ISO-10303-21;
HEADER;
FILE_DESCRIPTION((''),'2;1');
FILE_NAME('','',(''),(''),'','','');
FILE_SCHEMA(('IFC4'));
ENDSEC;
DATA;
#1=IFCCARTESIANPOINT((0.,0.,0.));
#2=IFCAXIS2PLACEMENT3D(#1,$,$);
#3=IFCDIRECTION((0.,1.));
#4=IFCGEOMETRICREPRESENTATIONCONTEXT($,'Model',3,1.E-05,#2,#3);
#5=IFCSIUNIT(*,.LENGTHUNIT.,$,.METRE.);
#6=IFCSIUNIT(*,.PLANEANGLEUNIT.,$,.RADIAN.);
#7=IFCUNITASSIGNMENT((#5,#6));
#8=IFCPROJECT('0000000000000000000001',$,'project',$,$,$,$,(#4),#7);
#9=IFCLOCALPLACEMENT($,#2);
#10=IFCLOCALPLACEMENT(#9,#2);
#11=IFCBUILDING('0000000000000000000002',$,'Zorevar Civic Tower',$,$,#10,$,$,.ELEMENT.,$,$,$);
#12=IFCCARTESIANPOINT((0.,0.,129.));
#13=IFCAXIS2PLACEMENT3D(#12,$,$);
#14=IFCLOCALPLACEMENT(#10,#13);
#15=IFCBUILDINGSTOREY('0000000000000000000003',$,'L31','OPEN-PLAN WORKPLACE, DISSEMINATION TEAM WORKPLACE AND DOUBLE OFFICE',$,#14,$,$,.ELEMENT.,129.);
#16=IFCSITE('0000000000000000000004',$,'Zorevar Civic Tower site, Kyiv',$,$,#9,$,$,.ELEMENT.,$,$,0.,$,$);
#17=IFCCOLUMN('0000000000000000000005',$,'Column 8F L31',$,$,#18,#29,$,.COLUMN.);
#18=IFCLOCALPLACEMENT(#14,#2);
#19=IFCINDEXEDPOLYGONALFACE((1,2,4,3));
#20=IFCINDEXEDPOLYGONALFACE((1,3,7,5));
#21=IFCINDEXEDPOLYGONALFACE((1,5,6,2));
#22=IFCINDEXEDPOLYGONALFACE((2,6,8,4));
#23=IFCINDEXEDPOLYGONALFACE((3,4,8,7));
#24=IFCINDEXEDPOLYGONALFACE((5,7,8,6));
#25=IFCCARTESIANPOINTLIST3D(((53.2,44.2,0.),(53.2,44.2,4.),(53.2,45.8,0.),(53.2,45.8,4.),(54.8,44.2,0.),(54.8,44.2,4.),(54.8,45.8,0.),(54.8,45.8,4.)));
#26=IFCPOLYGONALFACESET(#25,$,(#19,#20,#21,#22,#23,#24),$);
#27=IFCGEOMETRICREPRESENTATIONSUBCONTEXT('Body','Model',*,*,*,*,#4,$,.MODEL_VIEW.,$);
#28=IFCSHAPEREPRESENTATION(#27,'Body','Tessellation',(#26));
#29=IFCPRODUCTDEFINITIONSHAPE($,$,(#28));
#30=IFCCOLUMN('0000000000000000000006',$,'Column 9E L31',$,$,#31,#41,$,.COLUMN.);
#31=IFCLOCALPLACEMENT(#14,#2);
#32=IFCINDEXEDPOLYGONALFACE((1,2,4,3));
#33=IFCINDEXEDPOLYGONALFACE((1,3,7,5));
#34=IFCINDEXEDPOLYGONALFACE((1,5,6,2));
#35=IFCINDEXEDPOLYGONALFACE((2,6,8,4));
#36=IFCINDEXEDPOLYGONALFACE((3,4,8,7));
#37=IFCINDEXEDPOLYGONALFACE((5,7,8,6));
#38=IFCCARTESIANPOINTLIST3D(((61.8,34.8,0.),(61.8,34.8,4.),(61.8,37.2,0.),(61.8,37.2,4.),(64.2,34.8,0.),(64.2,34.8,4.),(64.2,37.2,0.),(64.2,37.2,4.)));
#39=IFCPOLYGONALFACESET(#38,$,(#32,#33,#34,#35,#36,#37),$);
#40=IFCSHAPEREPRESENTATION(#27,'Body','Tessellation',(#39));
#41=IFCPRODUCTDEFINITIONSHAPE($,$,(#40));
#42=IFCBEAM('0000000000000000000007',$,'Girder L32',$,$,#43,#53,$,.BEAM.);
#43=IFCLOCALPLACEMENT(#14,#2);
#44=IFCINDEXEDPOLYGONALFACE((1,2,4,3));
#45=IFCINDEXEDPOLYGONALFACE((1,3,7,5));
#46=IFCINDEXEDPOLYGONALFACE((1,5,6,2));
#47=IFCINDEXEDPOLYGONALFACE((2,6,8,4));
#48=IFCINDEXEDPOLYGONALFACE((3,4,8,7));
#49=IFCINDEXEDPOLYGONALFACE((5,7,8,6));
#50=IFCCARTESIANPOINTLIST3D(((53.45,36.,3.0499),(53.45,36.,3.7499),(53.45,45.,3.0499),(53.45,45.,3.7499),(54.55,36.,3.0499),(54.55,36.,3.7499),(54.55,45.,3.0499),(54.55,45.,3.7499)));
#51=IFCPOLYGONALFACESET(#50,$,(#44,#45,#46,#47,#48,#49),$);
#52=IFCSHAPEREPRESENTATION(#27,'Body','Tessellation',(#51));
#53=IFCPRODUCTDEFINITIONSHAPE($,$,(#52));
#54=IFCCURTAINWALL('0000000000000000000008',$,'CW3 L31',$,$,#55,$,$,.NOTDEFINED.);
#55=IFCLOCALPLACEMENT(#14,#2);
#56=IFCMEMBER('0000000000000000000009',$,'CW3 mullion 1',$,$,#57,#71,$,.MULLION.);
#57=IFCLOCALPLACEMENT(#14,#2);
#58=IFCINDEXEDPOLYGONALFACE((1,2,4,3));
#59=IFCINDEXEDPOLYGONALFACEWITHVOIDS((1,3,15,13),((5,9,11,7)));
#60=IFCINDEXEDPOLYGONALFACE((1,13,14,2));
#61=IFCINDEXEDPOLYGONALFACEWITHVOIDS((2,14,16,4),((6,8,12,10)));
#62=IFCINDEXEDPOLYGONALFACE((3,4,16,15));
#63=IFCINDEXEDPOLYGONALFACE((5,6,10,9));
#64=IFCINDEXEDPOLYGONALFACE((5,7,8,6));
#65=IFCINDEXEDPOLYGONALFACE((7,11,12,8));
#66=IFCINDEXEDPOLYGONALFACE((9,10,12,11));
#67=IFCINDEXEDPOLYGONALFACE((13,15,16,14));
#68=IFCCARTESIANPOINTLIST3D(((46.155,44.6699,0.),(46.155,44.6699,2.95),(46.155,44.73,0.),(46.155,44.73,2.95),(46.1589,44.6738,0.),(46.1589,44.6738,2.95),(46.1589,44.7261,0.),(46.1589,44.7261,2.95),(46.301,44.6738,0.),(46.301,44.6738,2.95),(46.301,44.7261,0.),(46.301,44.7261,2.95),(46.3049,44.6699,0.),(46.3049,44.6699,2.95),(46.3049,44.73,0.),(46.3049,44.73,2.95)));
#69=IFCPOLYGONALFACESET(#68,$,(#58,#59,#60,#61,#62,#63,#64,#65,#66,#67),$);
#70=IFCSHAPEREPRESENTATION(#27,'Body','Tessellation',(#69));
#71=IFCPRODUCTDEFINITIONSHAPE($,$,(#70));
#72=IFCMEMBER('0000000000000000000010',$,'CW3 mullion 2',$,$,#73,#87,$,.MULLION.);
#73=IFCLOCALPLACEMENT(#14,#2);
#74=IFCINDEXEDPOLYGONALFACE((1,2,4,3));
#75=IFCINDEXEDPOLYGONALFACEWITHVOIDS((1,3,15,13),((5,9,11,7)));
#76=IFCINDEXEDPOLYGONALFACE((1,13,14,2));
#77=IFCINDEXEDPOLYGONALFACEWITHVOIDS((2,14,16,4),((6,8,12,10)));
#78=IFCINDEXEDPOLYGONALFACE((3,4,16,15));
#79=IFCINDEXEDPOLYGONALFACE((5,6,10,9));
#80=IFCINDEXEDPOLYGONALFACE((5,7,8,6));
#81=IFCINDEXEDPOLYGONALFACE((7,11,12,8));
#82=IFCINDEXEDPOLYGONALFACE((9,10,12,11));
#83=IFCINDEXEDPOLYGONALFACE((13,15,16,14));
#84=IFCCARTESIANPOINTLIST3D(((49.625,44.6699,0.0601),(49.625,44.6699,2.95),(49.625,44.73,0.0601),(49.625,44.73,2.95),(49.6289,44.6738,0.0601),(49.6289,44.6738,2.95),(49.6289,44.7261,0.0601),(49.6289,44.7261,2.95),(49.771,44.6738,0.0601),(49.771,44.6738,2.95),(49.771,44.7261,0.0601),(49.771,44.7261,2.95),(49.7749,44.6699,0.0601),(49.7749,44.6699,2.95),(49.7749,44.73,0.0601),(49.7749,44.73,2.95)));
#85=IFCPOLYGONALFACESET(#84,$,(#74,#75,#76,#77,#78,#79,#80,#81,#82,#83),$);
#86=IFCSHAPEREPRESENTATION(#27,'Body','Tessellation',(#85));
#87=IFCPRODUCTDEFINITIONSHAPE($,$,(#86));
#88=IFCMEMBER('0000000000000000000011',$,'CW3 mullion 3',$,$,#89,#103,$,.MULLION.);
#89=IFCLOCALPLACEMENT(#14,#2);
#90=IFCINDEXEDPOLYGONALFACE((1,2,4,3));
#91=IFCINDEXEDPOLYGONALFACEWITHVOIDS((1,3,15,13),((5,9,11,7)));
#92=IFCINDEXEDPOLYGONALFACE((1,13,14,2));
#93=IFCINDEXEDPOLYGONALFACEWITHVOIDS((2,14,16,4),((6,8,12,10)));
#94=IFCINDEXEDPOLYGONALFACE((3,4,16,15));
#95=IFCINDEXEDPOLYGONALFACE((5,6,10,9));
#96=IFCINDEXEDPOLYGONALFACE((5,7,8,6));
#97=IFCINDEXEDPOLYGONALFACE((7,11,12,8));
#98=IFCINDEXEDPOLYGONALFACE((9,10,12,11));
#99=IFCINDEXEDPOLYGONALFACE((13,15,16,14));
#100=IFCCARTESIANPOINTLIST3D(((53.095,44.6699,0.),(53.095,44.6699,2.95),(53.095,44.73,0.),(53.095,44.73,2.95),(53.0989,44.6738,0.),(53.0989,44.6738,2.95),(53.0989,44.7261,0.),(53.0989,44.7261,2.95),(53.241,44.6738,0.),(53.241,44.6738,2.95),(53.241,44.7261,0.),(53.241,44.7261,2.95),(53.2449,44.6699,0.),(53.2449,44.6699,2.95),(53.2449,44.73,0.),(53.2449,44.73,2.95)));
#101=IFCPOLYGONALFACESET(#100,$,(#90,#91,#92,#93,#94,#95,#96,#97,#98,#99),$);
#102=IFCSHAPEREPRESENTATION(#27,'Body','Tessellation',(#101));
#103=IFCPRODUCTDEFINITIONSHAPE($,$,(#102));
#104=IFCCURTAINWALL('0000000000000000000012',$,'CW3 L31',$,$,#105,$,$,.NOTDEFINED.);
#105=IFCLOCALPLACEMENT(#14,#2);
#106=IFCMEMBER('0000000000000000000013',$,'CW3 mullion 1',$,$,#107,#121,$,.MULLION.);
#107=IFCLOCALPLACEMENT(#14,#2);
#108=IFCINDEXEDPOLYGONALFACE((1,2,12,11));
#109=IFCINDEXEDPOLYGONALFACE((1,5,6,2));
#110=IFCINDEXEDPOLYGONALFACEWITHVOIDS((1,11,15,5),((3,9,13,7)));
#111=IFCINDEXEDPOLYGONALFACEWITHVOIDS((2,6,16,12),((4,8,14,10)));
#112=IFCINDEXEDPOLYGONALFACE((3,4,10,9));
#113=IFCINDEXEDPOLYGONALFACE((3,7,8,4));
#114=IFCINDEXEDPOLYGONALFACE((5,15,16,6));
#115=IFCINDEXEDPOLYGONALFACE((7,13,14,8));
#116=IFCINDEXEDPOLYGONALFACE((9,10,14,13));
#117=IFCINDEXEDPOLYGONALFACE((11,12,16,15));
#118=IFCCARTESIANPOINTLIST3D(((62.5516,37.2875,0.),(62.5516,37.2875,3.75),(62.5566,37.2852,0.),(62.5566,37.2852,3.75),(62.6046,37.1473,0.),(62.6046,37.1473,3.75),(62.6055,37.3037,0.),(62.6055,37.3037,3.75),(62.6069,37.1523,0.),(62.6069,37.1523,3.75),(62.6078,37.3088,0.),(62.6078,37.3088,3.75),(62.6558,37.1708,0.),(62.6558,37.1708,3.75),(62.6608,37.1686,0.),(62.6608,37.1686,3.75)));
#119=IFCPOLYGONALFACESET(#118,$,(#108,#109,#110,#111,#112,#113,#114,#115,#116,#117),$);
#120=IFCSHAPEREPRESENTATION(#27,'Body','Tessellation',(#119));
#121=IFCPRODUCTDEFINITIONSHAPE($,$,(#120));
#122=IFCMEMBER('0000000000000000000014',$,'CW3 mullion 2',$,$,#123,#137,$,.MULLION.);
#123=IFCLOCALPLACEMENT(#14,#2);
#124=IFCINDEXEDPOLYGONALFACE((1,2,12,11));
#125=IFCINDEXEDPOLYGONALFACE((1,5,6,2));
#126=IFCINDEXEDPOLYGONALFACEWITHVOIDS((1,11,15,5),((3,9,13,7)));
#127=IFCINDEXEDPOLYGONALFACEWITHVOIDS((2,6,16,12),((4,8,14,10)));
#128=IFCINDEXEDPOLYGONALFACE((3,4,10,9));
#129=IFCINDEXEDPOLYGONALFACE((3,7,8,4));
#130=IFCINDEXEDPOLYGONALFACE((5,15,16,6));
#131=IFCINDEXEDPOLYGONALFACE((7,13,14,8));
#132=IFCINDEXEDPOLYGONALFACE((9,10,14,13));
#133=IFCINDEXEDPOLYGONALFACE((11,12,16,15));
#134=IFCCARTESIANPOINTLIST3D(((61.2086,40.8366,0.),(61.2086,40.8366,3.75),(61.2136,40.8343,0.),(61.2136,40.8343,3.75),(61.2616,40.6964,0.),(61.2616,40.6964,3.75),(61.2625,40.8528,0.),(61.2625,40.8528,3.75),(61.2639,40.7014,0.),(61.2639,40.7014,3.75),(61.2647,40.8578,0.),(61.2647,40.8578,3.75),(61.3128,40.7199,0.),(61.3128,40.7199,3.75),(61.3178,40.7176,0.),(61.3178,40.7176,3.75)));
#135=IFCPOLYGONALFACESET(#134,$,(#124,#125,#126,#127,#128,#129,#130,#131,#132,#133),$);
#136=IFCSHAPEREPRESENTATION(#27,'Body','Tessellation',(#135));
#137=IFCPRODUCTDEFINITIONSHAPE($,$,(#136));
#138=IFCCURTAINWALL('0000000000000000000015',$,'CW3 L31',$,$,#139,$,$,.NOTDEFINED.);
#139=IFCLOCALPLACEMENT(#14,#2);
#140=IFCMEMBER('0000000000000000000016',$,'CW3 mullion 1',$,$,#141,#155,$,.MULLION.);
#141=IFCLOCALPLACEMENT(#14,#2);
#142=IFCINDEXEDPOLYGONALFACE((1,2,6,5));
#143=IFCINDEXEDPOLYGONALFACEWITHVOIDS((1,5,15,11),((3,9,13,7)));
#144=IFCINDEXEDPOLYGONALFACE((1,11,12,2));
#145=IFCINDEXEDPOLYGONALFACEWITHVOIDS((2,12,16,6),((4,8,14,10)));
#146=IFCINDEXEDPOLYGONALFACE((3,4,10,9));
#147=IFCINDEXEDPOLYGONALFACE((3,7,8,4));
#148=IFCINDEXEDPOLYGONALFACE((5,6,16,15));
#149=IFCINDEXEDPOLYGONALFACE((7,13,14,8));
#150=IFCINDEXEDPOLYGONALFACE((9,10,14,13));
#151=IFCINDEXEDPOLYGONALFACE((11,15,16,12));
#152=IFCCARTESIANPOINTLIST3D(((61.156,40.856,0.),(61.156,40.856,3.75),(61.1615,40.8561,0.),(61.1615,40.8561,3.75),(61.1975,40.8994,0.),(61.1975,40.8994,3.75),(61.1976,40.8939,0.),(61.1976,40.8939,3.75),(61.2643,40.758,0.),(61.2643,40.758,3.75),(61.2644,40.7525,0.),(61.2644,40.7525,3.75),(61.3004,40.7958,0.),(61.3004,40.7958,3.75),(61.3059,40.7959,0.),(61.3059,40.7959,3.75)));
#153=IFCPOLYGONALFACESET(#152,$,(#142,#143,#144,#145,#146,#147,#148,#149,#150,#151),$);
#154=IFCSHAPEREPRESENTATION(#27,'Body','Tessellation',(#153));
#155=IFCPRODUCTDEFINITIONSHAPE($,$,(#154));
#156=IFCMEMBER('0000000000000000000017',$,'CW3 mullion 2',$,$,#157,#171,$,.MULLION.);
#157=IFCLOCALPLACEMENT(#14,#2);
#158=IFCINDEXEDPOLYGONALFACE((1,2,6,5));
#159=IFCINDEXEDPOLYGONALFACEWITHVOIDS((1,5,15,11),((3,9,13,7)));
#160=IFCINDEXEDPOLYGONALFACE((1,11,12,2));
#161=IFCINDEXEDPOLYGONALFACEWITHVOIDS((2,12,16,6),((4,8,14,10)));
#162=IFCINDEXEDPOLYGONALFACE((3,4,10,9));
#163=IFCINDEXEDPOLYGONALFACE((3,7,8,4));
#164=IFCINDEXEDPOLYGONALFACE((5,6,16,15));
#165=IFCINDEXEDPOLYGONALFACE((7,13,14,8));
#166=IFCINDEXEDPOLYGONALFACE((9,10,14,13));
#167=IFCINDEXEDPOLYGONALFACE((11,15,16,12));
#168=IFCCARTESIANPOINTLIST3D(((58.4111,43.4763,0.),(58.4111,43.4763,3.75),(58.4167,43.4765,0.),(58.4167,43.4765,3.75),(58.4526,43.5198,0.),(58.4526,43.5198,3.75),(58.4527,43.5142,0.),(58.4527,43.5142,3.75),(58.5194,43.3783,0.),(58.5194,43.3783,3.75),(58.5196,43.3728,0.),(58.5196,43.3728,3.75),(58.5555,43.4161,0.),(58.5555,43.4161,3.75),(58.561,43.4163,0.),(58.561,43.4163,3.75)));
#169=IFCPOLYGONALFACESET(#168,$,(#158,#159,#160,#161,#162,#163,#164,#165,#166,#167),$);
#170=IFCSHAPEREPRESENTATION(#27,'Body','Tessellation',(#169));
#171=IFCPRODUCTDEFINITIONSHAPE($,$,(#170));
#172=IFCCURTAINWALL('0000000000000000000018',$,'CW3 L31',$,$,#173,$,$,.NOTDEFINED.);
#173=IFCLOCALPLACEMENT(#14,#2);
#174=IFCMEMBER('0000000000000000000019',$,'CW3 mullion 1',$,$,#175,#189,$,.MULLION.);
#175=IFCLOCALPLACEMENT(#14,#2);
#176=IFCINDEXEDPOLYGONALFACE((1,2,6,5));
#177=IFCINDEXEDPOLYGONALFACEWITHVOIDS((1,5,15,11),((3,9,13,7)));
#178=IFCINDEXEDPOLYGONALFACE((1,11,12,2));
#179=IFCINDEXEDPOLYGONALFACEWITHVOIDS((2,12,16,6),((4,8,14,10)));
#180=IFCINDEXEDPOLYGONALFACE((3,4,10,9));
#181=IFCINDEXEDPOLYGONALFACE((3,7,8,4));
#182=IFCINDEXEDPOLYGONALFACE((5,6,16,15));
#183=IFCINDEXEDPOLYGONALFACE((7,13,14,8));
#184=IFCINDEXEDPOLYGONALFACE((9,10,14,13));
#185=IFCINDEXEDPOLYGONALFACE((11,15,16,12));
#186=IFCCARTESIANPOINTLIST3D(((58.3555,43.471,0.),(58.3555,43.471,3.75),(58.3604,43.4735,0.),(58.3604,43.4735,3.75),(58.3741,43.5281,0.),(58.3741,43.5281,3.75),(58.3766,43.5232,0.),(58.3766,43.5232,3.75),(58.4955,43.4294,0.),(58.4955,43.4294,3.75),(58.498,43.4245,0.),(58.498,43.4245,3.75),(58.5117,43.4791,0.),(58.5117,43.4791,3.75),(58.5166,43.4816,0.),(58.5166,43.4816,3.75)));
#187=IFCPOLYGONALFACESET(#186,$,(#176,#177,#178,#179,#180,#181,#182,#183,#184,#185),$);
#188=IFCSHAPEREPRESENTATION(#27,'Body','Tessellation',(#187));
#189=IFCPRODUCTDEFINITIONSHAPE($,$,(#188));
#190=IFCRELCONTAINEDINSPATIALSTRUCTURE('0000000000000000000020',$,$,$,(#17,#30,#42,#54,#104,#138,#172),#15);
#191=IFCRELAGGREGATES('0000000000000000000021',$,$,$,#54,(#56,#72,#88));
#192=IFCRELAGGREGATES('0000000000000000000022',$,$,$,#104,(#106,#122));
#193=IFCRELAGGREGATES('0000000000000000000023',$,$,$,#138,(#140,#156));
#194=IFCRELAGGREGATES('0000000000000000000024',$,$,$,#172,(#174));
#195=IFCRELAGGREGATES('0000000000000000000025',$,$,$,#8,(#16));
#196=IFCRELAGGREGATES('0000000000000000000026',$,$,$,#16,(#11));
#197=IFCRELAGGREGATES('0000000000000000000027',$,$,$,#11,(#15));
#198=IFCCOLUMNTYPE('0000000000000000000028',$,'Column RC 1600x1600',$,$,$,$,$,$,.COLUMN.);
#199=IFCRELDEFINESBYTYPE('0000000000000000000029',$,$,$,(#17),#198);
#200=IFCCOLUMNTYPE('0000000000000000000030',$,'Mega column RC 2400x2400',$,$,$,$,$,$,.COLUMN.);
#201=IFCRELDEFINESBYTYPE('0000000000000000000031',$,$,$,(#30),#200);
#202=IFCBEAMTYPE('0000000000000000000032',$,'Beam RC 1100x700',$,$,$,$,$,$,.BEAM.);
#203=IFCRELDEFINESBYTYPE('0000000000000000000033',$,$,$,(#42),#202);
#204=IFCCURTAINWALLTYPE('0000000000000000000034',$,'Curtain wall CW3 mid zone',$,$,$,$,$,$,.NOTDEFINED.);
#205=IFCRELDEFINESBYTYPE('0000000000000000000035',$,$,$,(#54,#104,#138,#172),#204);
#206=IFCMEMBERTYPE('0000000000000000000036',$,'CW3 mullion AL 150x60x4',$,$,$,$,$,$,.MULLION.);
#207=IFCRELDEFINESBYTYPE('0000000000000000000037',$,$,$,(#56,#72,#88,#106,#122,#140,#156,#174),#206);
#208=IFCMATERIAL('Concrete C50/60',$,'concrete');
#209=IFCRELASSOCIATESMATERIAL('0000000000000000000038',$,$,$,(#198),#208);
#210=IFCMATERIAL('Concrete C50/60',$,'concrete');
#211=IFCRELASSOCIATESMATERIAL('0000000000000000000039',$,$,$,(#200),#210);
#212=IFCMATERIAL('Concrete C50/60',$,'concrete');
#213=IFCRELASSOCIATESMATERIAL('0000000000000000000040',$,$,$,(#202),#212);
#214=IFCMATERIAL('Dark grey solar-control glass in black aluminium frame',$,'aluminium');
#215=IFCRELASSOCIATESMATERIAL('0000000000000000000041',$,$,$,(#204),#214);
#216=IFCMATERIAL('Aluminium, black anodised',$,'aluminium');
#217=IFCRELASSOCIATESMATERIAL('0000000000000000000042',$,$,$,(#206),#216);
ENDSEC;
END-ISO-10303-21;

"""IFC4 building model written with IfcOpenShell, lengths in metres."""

from ifc_helpers import new_model, si_unit, direction, frame, origin, origin_2d, place, context, subcontext, project, spatial, rectangle, hollow_rectangle, extrude, material, material_profile, profile_set, type_object, element, aggregate, save


model = new_model("IFC4")

# Units and contexts
model_context = context("Model", 3, precision=1e-05, world=origin(), true_north=direction((0.0, 1.0)))
body_context = subcontext(model_context, "Body", "Model", "MODEL_VIEW")
ifc_project = project(units=[si_unit("LENGTHUNIT", "METRE"), si_unit("PLANEANGLEUNIT", "RADIAN")], contexts=[model_context])

# Site, building, storey
site_placement = place(None, origin())
site = spatial("IfcSite", under=ifc_project, at=site_placement, Name="Zorevar Civic Tower site, Kyiv", CompositionType="ELEMENT", RefElevation=0.0)
building_placement = place(site_placement, origin())
building = spatial("IfcBuilding", under=site, at=building_placement, Name="Zorevar Civic Tower", CompositionType="ELEMENT")
storey_placement = place(building_placement, frame((0.0, 0.0, 129.0)))
storey = spatial("IfcBuildingStorey", under=building, at=storey_placement, Name="L31", Description="OPEN-PLAN WORKPLACE, DISSEMINATION TEAM WORKPLACE AND DOUBLE OFFICE", CompositionType="ELEMENT", Elevation=129.0)

# Columns
ifc_material_1 = material(Name="Concrete C50/60", Category="concrete")
ifc_material_profile_1 = material_profile(ifc_material_1, rectangle(XDim=1.6001, YDim=1.6001, at=origin_2d()), Name="RC 1600x1600")
ifc_profile_set_1 = profile_set([ifc_material_profile_1], Name="Concrete C50/60")
column_type_1 = type_object("IfcColumnType", Name="Column RC 1600x1600", PredefinedType="COLUMN", material=ifc_profile_set_1)
column_1_placement = place(storey_placement, frame((54.0, 45.0, 0.0), z_axis=(0.0, 0.0, 1.0), x_axis=(1.0, 0.0, 0.0)))
element("IfcColumn", 1, at=column_1_placement, inside=storey, type_object=column_type_1, Name="Column 8F L31", PredefinedType="COLUMN", context=body_context, shape_type="SweptSolid", body=[
    extrude(rectangle(XDim=1.6001, YDim=1.6001, at=origin_2d()), origin(), (0.0, 0.0, 1.0), 4.0),
])
ifc_material_2 = material(Name="Concrete C50/60", Category="concrete")
ifc_material_profile_2 = material_profile(ifc_material_2, rectangle(XDim=2.3999, YDim=2.3999, at=origin_2d()), Name="RC 2400x2400")
ifc_profile_set_2 = profile_set([ifc_material_profile_2], Name="Concrete C50/60")
column_type_2 = type_object("IfcColumnType", Name="Mega column RC 2400x2400", PredefinedType="COLUMN", material=ifc_profile_set_2)
column_2_placement = place(storey_placement, frame((63.0, 36.0, 0.0), z_axis=(0.0, 0.0, 1.0), x_axis=(1.0, 0.0, 0.0)))
element("IfcColumn", 2, at=column_2_placement, inside=storey, type_object=column_type_2, Name="Column 9E L31", PredefinedType="COLUMN", context=body_context, shape_type="SweptSolid", body=[
    extrude(rectangle(XDim=2.3999, YDim=2.3999, at=origin_2d()), origin(), (0.0, 0.0, 1.0), 4.0),
])

# Beam
ifc_material_3 = material(Name="Concrete C50/60", Category="concrete")
ifc_material_profile_3 = material_profile(ifc_material_3, rectangle(XDim=1.1001, YDim=0.7, at=origin_2d()), Name="RC 1100x700")
ifc_profile_set_3 = profile_set([ifc_material_profile_3], Name="Concrete C50/60")
beam_type_1 = type_object("IfcBeamType", Name="Beam RC 1100x700", PredefinedType="BEAM", material=ifc_profile_set_3)
beam_1_placement = place(storey_placement, frame((54.0, 36.0, 3.3999), z_axis=(0.0, 1.0, 0.0), x_axis=(-1.0, 0.0, 0.0)))
element("IfcBeam", 3, at=beam_1_placement, inside=storey, type_object=beam_type_1, Name="Girder L32", PredefinedType="BEAM", context=body_context, shape_type="SweptSolid", body=[
    extrude(rectangle(XDim=1.1001, YDim=0.7, at=origin_2d()), origin(), (0.0, 0.0, 1.0), 9.0),
])

# Curtain walls, members
ifc_material_4 = material(Name="Dark grey solar-control glass in black aluminium frame", Category="aluminium")
curtain_wall_type = type_object("IfcCurtainWallType", Name="Curtain wall CW3 mid zone", PredefinedType="NOTDEFINED", material=ifc_material_4)
curtain_wall_1_placement = place(storey_placement, origin())
curtain_wall_1 = element("IfcCurtainWall", 4, at=curtain_wall_1_placement, inside=storey, type_object=curtain_wall_type, Name="CW3 L31", PredefinedType="NOTDEFINED")
ifc_material_5 = material(Name="Aluminium, black anodised", Category="aluminium")
ifc_material_profile_4 = material_profile(ifc_material_5, hollow_rectangle(XDim=0.0601, YDim=0.1499, WallThickness=0.0039, at=origin_2d()), Name="AL 150x60x4")
ifc_profile_set_4 = profile_set([ifc_material_profile_4], Name="Aluminium, black anodised")
member_type_1 = type_object("IfcMemberType", Name="CW3 mullion AL 150x60x4", PredefinedType="MULLION", material=ifc_profile_set_4)
member_1_placement = place(storey_placement, frame((46.23, 44.7, 0.0), z_axis=(0.0, 0.0, 1.0), x_axis=(0.0, 1.0, 0.0)))
member_1 = element("IfcMember", 5, at=member_1_placement, type_object=member_type_1, Name="CW3 mullion 1", PredefinedType="MULLION", context=body_context, shape_type="SweptSolid", body=[
    extrude(hollow_rectangle(XDim=0.0601, YDim=0.1499, WallThickness=0.0039, at=origin_2d()), origin(), (0.0, 0.0, 1.0), 2.95),
])
member_2_placement = place(storey_placement, frame((49.7, 44.7, 0.0601), z_axis=(0.0, 0.0, 1.0), x_axis=(0.0, 1.0, 0.0)))
member_2 = element("IfcMember", 6, at=member_2_placement, type_object=member_type_1, Name="CW3 mullion 2", PredefinedType="MULLION", context=body_context, shape_type="SweptSolid", body=[
    extrude(hollow_rectangle(XDim=0.0601, YDim=0.1499, WallThickness=0.0039, at=origin_2d()), origin(), (0.0, 0.0, 1.0), 2.8899),
])
member_3_placement = place(storey_placement, frame((53.1699, 44.7, 0.0), z_axis=(0.0, 0.0, 1.0), x_axis=(0.0, 1.0, 0.0)))
member_3 = element("IfcMember", 7, at=member_3_placement, type_object=member_type_1, Name="CW3 mullion 3", PredefinedType="MULLION", context=body_context, shape_type="SweptSolid", body=[
    extrude(hollow_rectangle(XDim=0.0601, YDim=0.1499, WallThickness=0.0039, at=origin_2d()), origin(), (0.0, 0.0, 1.0), 2.95),
])
curtain_wall_2_placement = place(storey_placement, origin())
curtain_wall_2 = element("IfcCurtainWall", 8, at=curtain_wall_2_placement, inside=storey, type_object=curtain_wall_type, Name="CW3 L31", PredefinedType="NOTDEFINED")
member_4_placement = place(storey_placement, frame((62.6062, 37.228, 0.0), z_axis=(0.0, 0.0, 1.0), x_axis=(-0.935277, -0.353918, 0.0)))
member_4 = element("IfcMember", 9, at=member_4_placement, type_object=member_type_1, Name="CW3 mullion 1", PredefinedType="MULLION", context=body_context, shape_type="SweptSolid", body=[
    extrude(hollow_rectangle(XDim=0.0601, YDim=0.1499, WallThickness=0.0039, at=origin_2d()), origin(), (0.0, 0.0, 1.0), 3.75),
])
member_5_placement = place(storey_placement, frame((61.2632, 40.7771, 0.0), z_axis=(0.0, 0.0, 1.0), x_axis=(-0.935277, -0.353918, 0.0)))
member_5 = element("IfcMember", 10, at=member_5_placement, type_object=member_type_1, Name="CW3 mullion 2", PredefinedType="MULLION", context=body_context, shape_type="SweptSolid", body=[
    extrude(hollow_rectangle(XDim=0.0601, YDim=0.1499, WallThickness=0.0039, at=origin_2d()), origin(), (0.0, 0.0, 1.0), 3.75),
])
curtain_wall_3_placement = place(storey_placement, origin())
curtain_wall_3 = element("IfcCurtainWall", 11, at=curtain_wall_3_placement, inside=storey, type_object=curtain_wall_type, Name="CW3 L31", PredefinedType="NOTDEFINED")
member_6_placement = place(storey_placement, frame((61.231, 40.8259, 0.0), z_axis=(0.0, 0.0, 1.0), x_axis=(-0.690545, -0.723289, 0.0)))
member_6 = element("IfcMember", 12, at=member_6_placement, type_object=member_type_1, Name="CW3 mullion 1", PredefinedType="MULLION", context=body_context, shape_type="SweptSolid", body=[
    extrude(hollow_rectangle(XDim=0.0601, YDim=0.1499, WallThickness=0.0039, at=origin_2d()), origin(), (0.0, 0.0, 1.0), 3.75),
])
member_7_placement = place(storey_placement, frame((58.4861, 43.4463, 0.0), z_axis=(0.0, 0.0, 1.0), x_axis=(-0.690545, -0.723289, 0.0)))
member_7 = element("IfcMember", 13, at=member_7_placement, type_object=member_type_1, Name="CW3 mullion 2", PredefinedType="MULLION", context=body_context, shape_type="SweptSolid", body=[
    extrude(hollow_rectangle(XDim=0.0601, YDim=0.1499, WallThickness=0.0039, at=origin_2d()), origin(), (0.0, 0.0, 1.0), 3.75),
])
curtain_wall_4_placement = place(storey_placement, origin())
curtain_wall_4 = element("IfcCurtainWall", 14, at=curtain_wall_4_placement, inside=storey, type_object=curtain_wall_type, Name="CW3 L31", PredefinedType="NOTDEFINED")
member_8_placement = place(storey_placement, frame((58.436, 43.4763, 0.0), z_axis=(0.0, 0.0, 1.0), x_axis=(-0.310263, -0.950651, 0.0)))
member_8 = element("IfcMember", 15, at=member_8_placement, type_object=member_type_1, Name="CW3 mullion 1", PredefinedType="MULLION", context=body_context, shape_type="SweptSolid", body=[
    extrude(hollow_rectangle(XDim=0.0601, YDim=0.1499, WallThickness=0.0039, at=origin_2d()), origin(), (0.0, 0.0, 1.0), 3.75),
])

aggregate(curtain_wall_1, [member_1, member_2, member_3])
aggregate(curtain_wall_2, [member_4, member_5])
aggregate(curtain_wall_3, [member_6, member_7])
aggregate(curtain_wall_4, [member_8])

save(model, "model.ifc")
